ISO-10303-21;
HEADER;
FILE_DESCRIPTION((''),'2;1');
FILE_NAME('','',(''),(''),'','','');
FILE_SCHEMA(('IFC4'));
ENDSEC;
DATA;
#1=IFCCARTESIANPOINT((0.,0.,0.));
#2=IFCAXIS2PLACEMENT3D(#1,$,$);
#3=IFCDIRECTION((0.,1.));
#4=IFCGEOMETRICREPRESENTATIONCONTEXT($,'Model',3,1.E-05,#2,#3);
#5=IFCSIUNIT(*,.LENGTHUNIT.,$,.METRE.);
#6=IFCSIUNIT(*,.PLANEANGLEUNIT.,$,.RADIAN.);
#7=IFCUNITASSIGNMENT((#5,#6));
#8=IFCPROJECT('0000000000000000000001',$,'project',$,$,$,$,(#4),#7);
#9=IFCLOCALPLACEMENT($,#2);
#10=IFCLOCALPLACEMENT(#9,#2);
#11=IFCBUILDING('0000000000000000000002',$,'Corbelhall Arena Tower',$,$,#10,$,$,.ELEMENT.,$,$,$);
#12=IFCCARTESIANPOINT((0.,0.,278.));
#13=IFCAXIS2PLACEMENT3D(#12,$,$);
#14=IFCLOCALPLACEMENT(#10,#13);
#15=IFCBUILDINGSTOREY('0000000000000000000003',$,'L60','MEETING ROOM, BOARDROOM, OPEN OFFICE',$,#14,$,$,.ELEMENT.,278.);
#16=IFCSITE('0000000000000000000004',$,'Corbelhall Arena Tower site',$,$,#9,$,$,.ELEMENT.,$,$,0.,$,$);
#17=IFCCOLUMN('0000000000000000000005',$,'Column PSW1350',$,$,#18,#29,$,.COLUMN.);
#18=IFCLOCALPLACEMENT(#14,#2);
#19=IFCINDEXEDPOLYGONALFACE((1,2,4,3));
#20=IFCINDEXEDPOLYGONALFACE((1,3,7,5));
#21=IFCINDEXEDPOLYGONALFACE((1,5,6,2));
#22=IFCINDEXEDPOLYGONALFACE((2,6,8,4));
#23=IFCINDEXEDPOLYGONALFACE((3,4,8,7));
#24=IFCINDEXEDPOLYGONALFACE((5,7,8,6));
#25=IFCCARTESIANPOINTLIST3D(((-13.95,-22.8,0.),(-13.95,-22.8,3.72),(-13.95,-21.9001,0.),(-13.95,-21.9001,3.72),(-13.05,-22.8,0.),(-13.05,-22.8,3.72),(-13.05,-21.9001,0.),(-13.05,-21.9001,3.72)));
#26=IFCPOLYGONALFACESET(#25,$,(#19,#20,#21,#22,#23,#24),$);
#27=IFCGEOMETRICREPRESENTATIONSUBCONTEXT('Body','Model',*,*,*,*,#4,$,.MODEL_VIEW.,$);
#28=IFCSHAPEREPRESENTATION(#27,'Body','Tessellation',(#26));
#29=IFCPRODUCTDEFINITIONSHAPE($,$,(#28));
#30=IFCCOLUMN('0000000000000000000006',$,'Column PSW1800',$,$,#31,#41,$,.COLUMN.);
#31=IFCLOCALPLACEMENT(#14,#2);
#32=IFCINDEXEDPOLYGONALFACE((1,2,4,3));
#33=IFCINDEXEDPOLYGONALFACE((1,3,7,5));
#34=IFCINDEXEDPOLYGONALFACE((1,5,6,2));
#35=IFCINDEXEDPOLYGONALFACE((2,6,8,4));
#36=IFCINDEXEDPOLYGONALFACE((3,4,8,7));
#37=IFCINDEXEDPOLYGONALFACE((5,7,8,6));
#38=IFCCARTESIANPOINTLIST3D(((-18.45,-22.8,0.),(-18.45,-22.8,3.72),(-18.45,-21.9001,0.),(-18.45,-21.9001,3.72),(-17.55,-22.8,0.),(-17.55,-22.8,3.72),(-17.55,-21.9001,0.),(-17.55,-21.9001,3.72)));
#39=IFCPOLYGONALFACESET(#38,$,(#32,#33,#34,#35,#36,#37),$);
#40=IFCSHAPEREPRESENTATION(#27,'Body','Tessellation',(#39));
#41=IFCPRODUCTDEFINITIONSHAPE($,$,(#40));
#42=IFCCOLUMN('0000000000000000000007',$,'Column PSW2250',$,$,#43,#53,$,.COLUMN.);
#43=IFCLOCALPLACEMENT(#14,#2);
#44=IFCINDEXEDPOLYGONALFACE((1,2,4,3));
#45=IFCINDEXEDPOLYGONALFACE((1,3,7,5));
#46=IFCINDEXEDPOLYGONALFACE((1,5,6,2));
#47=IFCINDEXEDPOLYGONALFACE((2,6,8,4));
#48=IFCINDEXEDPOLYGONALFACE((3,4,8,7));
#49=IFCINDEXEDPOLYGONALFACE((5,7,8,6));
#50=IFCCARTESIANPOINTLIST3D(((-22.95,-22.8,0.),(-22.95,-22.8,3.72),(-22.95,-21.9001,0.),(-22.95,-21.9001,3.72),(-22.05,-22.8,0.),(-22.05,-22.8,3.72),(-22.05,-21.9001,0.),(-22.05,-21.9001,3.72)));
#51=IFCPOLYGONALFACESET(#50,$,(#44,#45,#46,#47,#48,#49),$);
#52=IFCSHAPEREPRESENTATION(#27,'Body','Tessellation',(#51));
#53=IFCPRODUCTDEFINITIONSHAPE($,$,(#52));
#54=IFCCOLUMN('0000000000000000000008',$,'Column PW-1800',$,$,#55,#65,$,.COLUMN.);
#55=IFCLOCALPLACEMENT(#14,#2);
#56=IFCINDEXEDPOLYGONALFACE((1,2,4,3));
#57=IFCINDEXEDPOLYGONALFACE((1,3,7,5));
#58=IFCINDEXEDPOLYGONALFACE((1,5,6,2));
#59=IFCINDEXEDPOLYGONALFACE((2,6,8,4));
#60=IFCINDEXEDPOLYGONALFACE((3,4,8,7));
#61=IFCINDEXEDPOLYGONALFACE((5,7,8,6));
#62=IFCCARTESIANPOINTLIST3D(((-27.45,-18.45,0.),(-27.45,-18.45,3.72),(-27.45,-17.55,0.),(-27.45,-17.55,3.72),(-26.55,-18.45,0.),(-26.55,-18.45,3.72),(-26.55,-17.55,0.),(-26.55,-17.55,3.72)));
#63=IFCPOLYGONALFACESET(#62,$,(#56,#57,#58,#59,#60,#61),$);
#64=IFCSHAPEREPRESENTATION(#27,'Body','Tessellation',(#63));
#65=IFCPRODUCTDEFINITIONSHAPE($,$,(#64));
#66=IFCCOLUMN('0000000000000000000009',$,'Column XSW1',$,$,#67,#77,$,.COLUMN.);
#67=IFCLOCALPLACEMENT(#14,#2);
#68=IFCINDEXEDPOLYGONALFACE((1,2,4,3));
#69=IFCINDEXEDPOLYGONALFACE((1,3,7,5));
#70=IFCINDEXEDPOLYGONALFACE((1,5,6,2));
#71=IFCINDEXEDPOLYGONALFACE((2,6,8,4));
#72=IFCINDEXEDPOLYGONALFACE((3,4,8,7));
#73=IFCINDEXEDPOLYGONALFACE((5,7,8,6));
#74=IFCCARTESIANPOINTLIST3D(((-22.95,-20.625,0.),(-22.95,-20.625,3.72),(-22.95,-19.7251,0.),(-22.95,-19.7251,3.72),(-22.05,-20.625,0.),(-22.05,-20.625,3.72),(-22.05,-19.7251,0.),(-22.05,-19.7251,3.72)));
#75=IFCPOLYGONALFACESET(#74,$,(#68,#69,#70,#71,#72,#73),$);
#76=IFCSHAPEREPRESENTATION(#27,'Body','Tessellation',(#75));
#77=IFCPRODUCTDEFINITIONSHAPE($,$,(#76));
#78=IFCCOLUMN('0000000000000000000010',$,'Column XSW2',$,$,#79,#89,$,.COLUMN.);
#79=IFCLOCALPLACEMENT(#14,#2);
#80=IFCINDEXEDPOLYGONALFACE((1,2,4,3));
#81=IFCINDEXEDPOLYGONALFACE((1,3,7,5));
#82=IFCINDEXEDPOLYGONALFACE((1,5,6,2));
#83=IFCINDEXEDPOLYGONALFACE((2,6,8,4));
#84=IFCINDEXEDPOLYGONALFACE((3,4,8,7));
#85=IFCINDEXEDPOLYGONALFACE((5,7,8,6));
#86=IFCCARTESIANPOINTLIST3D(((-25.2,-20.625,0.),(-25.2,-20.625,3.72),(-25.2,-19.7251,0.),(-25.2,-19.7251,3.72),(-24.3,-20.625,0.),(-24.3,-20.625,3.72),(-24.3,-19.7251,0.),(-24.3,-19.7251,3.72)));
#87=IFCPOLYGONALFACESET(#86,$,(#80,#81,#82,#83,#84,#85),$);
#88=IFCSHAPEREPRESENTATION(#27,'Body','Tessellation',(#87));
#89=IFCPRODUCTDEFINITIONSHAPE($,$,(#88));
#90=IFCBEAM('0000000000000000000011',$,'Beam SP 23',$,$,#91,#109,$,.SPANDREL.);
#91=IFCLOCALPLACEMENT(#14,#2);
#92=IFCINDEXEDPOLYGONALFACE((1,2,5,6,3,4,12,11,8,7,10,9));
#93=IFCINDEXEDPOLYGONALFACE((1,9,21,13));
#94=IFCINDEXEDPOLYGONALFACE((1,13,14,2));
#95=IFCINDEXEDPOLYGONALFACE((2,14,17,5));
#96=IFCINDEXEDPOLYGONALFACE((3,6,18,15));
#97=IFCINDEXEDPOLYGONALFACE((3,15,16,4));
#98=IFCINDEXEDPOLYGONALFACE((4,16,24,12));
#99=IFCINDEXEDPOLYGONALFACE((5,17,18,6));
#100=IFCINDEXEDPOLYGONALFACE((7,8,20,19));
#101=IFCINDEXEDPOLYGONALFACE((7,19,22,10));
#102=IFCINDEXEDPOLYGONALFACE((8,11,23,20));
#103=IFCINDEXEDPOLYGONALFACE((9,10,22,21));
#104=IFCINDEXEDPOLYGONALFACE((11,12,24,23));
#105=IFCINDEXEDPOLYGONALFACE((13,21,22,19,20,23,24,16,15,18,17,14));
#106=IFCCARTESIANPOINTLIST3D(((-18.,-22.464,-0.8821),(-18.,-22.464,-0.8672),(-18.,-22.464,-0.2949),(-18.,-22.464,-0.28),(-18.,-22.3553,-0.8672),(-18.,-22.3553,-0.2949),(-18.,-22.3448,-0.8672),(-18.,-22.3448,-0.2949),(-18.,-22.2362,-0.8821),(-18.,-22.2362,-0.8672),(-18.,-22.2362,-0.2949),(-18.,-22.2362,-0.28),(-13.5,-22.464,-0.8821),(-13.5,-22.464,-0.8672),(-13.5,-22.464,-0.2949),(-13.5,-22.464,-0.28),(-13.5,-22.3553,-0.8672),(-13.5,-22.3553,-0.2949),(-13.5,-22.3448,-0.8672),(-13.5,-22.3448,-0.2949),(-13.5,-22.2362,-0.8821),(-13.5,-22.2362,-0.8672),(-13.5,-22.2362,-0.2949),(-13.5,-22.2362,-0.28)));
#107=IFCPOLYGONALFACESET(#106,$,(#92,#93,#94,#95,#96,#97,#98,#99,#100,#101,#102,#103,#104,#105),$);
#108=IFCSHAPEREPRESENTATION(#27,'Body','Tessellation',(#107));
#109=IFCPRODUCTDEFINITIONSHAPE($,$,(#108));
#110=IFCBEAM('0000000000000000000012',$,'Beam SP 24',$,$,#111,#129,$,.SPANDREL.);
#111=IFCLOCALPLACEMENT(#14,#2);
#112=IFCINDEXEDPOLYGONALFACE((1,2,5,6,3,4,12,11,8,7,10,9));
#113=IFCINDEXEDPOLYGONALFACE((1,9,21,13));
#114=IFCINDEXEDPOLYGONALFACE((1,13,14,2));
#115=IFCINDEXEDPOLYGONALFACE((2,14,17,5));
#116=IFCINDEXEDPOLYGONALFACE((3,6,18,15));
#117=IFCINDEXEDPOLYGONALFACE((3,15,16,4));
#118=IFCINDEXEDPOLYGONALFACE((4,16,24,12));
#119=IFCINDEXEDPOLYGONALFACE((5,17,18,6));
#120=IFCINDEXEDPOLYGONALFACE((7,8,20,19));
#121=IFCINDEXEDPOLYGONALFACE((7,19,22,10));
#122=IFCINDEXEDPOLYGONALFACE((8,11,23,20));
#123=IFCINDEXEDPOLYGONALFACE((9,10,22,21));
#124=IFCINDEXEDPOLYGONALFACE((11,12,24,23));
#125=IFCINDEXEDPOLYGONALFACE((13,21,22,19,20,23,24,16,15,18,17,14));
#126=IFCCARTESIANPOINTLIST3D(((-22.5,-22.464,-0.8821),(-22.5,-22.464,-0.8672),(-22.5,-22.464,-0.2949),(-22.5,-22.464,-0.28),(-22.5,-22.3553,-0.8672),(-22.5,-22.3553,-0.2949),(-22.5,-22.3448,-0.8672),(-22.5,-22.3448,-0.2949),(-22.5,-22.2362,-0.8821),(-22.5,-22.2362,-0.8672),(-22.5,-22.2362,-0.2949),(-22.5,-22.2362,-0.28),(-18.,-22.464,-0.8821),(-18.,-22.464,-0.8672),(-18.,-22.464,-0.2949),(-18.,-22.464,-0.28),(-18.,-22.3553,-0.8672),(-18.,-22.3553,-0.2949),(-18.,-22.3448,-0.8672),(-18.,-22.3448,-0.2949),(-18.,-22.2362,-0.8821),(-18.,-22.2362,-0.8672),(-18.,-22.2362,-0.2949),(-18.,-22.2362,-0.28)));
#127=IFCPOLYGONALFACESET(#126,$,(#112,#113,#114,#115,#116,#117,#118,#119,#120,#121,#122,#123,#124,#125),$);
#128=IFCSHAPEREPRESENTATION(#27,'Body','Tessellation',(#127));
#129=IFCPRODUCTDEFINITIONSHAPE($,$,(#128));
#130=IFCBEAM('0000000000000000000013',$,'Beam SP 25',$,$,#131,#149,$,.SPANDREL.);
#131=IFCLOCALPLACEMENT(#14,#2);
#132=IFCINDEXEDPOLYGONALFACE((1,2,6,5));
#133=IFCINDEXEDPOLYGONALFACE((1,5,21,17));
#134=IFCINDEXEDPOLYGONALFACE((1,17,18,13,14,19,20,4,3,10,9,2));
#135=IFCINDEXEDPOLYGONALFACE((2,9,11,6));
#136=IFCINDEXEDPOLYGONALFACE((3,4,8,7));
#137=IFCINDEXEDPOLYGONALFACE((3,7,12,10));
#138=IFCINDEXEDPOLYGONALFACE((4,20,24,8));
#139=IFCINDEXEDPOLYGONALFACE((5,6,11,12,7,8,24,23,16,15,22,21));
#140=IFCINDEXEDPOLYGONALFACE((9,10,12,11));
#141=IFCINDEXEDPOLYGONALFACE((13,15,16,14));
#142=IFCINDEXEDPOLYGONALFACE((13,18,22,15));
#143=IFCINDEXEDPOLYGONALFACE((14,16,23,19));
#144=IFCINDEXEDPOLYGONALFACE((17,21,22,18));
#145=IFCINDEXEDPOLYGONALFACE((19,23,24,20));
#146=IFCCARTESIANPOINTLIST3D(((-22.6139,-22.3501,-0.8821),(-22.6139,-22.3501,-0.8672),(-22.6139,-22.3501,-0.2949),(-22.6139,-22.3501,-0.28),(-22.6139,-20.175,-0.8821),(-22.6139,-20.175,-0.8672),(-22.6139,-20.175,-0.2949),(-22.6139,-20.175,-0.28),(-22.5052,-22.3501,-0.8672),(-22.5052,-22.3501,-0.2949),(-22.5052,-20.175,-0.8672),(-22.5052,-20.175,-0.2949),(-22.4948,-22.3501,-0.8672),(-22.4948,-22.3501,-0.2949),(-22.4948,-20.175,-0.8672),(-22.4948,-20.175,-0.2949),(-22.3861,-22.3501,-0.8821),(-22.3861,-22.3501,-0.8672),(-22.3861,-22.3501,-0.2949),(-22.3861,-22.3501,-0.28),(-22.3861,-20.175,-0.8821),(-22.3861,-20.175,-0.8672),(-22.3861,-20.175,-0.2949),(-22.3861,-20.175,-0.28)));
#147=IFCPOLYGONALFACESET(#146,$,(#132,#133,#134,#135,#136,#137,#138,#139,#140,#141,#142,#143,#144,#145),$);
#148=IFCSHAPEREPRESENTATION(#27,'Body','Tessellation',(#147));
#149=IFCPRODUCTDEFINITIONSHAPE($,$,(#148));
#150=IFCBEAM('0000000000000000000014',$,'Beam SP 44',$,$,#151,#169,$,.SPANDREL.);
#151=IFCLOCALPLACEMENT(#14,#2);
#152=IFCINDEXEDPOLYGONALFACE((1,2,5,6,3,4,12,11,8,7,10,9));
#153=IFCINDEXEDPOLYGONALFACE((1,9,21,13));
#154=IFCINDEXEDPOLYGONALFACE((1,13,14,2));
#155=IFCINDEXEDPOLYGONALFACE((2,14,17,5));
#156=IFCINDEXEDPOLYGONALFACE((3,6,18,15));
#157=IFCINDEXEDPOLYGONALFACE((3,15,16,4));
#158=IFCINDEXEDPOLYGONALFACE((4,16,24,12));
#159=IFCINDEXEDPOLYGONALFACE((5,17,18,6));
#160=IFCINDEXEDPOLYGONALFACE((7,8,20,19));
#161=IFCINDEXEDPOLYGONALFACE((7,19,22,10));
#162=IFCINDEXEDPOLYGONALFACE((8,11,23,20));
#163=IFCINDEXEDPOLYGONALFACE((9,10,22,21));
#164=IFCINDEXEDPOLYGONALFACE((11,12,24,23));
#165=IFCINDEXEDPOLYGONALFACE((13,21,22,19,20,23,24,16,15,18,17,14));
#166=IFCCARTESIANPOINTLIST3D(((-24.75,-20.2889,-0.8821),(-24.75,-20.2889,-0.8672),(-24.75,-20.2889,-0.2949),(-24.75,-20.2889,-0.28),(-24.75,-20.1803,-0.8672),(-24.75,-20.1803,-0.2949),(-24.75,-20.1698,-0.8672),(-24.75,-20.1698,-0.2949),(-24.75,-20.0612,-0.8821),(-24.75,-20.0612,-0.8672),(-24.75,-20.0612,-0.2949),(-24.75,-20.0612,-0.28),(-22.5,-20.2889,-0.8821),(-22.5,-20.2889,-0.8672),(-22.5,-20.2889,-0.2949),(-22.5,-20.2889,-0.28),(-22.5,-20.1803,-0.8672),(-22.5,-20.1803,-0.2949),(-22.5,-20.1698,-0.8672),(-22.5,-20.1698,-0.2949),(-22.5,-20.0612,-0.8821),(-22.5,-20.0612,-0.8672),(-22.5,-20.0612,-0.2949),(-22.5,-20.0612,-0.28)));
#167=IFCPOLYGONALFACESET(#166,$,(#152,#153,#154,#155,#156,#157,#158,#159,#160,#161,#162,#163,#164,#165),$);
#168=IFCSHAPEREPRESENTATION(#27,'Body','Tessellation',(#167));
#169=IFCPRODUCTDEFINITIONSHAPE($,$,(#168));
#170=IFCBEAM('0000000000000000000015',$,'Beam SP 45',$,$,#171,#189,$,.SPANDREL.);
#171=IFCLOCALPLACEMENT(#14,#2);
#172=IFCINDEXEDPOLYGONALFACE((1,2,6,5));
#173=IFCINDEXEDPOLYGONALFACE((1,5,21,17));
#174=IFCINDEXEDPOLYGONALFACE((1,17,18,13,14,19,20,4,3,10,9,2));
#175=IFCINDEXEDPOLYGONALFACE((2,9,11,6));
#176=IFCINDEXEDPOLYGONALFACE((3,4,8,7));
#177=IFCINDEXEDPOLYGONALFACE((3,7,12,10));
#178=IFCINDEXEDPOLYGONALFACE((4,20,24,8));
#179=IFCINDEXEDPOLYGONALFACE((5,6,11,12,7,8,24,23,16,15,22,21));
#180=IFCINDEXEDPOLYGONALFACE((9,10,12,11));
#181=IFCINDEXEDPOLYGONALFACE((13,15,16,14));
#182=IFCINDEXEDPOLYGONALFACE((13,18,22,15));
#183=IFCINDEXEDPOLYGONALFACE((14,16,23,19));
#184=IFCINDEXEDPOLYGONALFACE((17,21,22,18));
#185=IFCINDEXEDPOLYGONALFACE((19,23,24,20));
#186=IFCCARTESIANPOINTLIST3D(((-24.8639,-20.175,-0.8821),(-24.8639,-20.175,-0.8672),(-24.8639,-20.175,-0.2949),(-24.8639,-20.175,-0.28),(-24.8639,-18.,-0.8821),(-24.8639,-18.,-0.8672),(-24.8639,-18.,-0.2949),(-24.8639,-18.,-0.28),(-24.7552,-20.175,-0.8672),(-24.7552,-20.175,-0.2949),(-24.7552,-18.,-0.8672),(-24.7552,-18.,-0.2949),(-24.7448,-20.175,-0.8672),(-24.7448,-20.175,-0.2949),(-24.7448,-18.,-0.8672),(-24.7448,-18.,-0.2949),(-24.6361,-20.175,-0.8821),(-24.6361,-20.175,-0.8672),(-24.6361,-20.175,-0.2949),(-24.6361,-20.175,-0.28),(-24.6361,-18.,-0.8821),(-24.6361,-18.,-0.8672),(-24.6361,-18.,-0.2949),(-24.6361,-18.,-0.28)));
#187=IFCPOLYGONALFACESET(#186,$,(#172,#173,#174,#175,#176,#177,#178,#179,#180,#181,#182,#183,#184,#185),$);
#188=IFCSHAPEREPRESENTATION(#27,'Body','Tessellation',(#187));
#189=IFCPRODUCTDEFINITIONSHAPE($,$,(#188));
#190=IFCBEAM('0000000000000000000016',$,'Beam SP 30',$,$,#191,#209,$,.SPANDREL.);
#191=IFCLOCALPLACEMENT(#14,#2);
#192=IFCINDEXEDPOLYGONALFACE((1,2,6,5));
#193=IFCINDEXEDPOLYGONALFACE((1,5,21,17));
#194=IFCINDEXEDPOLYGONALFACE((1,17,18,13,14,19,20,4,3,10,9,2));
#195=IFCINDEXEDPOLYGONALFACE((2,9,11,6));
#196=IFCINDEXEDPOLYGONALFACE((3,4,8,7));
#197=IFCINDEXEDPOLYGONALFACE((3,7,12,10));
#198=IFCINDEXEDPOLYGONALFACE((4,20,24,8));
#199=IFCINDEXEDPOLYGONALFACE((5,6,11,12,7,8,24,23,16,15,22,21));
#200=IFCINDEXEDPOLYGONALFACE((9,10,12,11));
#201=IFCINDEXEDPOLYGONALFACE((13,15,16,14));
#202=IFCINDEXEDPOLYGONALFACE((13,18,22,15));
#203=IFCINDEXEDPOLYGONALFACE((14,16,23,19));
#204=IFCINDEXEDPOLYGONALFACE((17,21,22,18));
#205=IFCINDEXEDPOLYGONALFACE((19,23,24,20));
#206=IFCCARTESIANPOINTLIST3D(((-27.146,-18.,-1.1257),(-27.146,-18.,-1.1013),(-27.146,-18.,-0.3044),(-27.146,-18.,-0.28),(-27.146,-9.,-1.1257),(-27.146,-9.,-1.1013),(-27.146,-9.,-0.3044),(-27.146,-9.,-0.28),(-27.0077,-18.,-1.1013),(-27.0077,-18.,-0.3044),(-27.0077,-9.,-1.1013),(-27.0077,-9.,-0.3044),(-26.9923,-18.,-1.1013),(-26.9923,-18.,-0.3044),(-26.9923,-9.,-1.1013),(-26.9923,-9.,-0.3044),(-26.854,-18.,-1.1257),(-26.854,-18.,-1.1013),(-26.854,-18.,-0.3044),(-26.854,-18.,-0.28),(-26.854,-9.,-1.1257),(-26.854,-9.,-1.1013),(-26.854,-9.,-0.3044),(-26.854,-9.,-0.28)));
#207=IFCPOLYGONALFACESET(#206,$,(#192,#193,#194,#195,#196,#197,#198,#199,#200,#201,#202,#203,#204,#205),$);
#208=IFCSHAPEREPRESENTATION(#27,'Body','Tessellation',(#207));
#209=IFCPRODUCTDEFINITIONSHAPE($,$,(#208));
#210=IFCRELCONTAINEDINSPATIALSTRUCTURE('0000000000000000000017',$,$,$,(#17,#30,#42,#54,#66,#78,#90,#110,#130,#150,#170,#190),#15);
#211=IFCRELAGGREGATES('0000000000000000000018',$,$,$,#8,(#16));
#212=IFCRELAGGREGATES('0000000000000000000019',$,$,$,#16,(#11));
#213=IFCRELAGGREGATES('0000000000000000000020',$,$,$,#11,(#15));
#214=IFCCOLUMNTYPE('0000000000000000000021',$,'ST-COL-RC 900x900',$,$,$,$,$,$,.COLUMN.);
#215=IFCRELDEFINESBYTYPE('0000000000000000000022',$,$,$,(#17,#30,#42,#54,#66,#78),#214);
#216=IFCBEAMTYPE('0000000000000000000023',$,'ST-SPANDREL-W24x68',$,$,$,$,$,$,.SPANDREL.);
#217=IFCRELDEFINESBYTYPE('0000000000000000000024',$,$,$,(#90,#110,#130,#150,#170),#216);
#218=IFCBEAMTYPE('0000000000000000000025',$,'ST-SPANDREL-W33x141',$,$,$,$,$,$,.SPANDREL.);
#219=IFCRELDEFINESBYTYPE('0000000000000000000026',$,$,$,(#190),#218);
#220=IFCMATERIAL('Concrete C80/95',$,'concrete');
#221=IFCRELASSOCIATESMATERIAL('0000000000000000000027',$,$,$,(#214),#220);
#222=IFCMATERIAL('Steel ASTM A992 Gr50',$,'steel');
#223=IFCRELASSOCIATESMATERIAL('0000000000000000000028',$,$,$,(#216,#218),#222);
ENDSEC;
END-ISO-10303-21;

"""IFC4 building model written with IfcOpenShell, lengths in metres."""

from ifc_helpers import new_model, si_unit, direction, frame, origin, origin_2d, place, context, subcontext, project, spatial, rectangle, i_section, extrude, material, material_profile, profile_set, type_object, element, save


model = new_model("IFC4")

# Units and contexts
model_context = context("Model", 3, precision=1e-05, world=origin(), true_north=direction((0.0, 1.0)))
body_context = subcontext(model_context, "Body", "Model", "MODEL_VIEW")
ifc_project = project(units=[si_unit("LENGTHUNIT", "METRE"), si_unit("PLANEANGLEUNIT", "RADIAN")], contexts=[model_context])

# Site, building, storey
site_placement = place(None, origin())
site = spatial("IfcSite", under=ifc_project, at=site_placement, Name="Corbelhall Arena Tower site", CompositionType="ELEMENT", RefElevation=0.0)
building_placement = place(site_placement, origin())
building = spatial("IfcBuilding", under=site, at=building_placement, Name="Corbelhall Arena Tower", CompositionType="ELEMENT")
storey_placement = place(building_placement, frame((0.0, 0.0, 278.0)))
storey = spatial("IfcBuildingStorey", under=building, at=storey_placement, Name="L60", Description="MEETING ROOM, BOARDROOM, OPEN OFFICE", CompositionType="ELEMENT", Elevation=278.0)

# Columns
ifc_material_1 = material(Name="Concrete C80/95", Category="concrete")
ifc_material_profile_1 = material_profile(ifc_material_1, rectangle(XDim=0.8999, YDim=0.8999, at=origin_2d()))
ifc_profile_set_1 = profile_set([ifc_material_profile_1], Name="Concrete C80/95")
column_type = type_object("IfcColumnType", Name="ST-COL-RC 900x900", PredefinedType="COLUMN", material=ifc_profile_set_1)
for number, where, z_axis, x_axis, name in (
    (1, (-13.5, -22.3501, 0.0), (0.0, 0.0, 1.0), (1.0, 0.0, 0.0), "Column PSW1350"),
    (2, (-18.0, -22.3501, 0.0), (0.0, 0.0, 1.0), (1.0, 0.0, 0.0), "Column PSW1800"),
    (3, (-22.5, -22.3501, 0.0), (0.0, 0.0, 1.0), (1.0, 0.0, 0.0), "Column PSW2250"),
    (4, (-27.0, -18.0, 0.0), (0.0, 0.0, 1.0), (0.0, 1.0, 0.0), "Column PW-1800"),
    (5, (-22.5, -20.175, 0.0), (0.0, 0.0, 1.0), (1.0, 0.0, 0.0), "Column XSW1"),
    (6, (-24.75, -20.175, 0.0), (0.0, 0.0, 1.0), (1.0, 0.0, 0.0), "Column XSW2"),
):
    element("IfcColumn", number, at=place(storey_placement, frame(where, z_axis=z_axis, x_axis=x_axis)), inside=storey, type_object=column_type, Name=name, PredefinedType="COLUMN", context=body_context, shape_type="SweptSolid", body=[
        extrude(rectangle(XDim=0.8999, YDim=0.8999, at=origin_2d()), origin(), (0.0, 0.0, 1.0), 3.72),
    ])

# Beams
ifc_material_2 = material(Name="Steel ASTM A992 Gr50", Category="steel")
ifc_material_profile_2 = material_profile(ifc_material_2, i_section(OverallWidth=0.2278, OverallDepth=0.6021, WebThickness=0.0105, FlangeThickness=0.0149, at=origin_2d()))
ifc_profile_set_2 = profile_set([ifc_material_profile_2], Name="Steel ASTM A992 Gr50")
beam_type_1 = type_object("IfcBeamType", Name="ST-SPANDREL-W24x68", PredefinedType="SPANDREL", material=ifc_profile_set_2)
for number, where, z_axis, x_axis, name in (
    (7, (-13.5, -22.3501, -0.5811), (-1.0, 0.0, 0.0), (0.0, -1.0, 0.0), "Beam SP 23"),
    (8, (-18.0, -22.3501, -0.5811), (-1.0, 0.0, 0.0), (0.0, -1.0, 0.0), "Beam SP 24"),
):
    element("IfcBeam", number, at=place(storey_placement, frame(where, z_axis=z_axis, x_axis=x_axis)), inside=storey, type_object=beam_type_1, Name=name, PredefinedType="SPANDREL", context=body_context, shape_type="SweptSolid", body=[
        extrude(i_section(OverallWidth=0.2278, OverallDepth=0.6021, WebThickness=0.0105, FlangeThickness=0.0149, at=origin_2d()), origin(), (0.0, 0.0, 1.0), 4.5),
    ])
beam_1_placement = place(storey_placement, frame((-22.5, -22.3501, -0.5811), z_axis=(0.0, 1.0, 0.0), x_axis=(-1.0, 0.0, 0.0)))
element("IfcBeam", 9, at=beam_1_placement, inside=storey, type_object=beam_type_1, Name="Beam SP 25", PredefinedType="SPANDREL", context=body_context, shape_type="SweptSolid", body=[
    extrude(i_section(OverallWidth=0.2278, OverallDepth=0.6021, WebThickness=0.0105, FlangeThickness=0.0149, at=origin_2d()), origin(), (0.0, 0.0, 1.0), 2.175),
])
beam_2_placement = place(storey_placement, frame((-22.5, -20.175, -0.5811), z_axis=(-1.0, 0.0, 0.0), x_axis=(0.0, -1.0, 0.0)))
element("IfcBeam", 10, at=beam_2_placement, inside=storey, type_object=beam_type_1, Name="Beam SP 44", PredefinedType="SPANDREL", context=body_context, shape_type="SweptSolid", body=[
    extrude(i_section(OverallWidth=0.2278, OverallDepth=0.6021, WebThickness=0.0105, FlangeThickness=0.0149, at=origin_2d()), origin(), (0.0, 0.0, 1.0), 2.25),
])
beam_3_placement = place(storey_placement, frame((-24.75, -20.175, -0.5811), z_axis=(0.0, 1.0, 0.0), x_axis=(-1.0, 0.0, 0.0)))
element("IfcBeam", 11, at=beam_3_placement, inside=storey, type_object=beam_type_1, Name="Beam SP 45", PredefinedType="SPANDREL", context=body_context, shape_type="SweptSolid", body=[
    extrude(i_section(OverallWidth=0.2278, OverallDepth=0.6021, WebThickness=0.0105, FlangeThickness=0.0149, at=origin_2d()), origin(), (0.0, 0.0, 1.0), 2.175),
])
ifc_material_profile_3 = material_profile(ifc_material_2, i_section(OverallWidth=0.292, OverallDepth=0.8457, WebThickness=0.0154, FlangeThickness=0.0244, at=origin_2d()))
ifc_profile_set_3 = profile_set([ifc_material_profile_3], Name="Steel ASTM A992 Gr50")
beam_type_2 = type_object("IfcBeamType", Name="ST-SPANDREL-W33x141", PredefinedType="SPANDREL", material=ifc_profile_set_3)
beam_4_placement = place(storey_placement, frame((-27.0, -18.0, -0.7029), z_axis=(0.0, 1.0, 0.0), x_axis=(-1.0, 0.0, 0.0)))
element("IfcBeam", 12, at=beam_4_placement, inside=storey, type_object=beam_type_2, Name="Beam SP 30", PredefinedType="SPANDREL", context=body_context, shape_type="SweptSolid", body=[
    extrude(i_section(OverallWidth=0.292, OverallDepth=0.8457, WebThickness=0.0154, FlangeThickness=0.0244, at=origin_2d()), origin(), (0.0, 0.0, 1.0), 9.0),
])

save(model, "model.ifc")
